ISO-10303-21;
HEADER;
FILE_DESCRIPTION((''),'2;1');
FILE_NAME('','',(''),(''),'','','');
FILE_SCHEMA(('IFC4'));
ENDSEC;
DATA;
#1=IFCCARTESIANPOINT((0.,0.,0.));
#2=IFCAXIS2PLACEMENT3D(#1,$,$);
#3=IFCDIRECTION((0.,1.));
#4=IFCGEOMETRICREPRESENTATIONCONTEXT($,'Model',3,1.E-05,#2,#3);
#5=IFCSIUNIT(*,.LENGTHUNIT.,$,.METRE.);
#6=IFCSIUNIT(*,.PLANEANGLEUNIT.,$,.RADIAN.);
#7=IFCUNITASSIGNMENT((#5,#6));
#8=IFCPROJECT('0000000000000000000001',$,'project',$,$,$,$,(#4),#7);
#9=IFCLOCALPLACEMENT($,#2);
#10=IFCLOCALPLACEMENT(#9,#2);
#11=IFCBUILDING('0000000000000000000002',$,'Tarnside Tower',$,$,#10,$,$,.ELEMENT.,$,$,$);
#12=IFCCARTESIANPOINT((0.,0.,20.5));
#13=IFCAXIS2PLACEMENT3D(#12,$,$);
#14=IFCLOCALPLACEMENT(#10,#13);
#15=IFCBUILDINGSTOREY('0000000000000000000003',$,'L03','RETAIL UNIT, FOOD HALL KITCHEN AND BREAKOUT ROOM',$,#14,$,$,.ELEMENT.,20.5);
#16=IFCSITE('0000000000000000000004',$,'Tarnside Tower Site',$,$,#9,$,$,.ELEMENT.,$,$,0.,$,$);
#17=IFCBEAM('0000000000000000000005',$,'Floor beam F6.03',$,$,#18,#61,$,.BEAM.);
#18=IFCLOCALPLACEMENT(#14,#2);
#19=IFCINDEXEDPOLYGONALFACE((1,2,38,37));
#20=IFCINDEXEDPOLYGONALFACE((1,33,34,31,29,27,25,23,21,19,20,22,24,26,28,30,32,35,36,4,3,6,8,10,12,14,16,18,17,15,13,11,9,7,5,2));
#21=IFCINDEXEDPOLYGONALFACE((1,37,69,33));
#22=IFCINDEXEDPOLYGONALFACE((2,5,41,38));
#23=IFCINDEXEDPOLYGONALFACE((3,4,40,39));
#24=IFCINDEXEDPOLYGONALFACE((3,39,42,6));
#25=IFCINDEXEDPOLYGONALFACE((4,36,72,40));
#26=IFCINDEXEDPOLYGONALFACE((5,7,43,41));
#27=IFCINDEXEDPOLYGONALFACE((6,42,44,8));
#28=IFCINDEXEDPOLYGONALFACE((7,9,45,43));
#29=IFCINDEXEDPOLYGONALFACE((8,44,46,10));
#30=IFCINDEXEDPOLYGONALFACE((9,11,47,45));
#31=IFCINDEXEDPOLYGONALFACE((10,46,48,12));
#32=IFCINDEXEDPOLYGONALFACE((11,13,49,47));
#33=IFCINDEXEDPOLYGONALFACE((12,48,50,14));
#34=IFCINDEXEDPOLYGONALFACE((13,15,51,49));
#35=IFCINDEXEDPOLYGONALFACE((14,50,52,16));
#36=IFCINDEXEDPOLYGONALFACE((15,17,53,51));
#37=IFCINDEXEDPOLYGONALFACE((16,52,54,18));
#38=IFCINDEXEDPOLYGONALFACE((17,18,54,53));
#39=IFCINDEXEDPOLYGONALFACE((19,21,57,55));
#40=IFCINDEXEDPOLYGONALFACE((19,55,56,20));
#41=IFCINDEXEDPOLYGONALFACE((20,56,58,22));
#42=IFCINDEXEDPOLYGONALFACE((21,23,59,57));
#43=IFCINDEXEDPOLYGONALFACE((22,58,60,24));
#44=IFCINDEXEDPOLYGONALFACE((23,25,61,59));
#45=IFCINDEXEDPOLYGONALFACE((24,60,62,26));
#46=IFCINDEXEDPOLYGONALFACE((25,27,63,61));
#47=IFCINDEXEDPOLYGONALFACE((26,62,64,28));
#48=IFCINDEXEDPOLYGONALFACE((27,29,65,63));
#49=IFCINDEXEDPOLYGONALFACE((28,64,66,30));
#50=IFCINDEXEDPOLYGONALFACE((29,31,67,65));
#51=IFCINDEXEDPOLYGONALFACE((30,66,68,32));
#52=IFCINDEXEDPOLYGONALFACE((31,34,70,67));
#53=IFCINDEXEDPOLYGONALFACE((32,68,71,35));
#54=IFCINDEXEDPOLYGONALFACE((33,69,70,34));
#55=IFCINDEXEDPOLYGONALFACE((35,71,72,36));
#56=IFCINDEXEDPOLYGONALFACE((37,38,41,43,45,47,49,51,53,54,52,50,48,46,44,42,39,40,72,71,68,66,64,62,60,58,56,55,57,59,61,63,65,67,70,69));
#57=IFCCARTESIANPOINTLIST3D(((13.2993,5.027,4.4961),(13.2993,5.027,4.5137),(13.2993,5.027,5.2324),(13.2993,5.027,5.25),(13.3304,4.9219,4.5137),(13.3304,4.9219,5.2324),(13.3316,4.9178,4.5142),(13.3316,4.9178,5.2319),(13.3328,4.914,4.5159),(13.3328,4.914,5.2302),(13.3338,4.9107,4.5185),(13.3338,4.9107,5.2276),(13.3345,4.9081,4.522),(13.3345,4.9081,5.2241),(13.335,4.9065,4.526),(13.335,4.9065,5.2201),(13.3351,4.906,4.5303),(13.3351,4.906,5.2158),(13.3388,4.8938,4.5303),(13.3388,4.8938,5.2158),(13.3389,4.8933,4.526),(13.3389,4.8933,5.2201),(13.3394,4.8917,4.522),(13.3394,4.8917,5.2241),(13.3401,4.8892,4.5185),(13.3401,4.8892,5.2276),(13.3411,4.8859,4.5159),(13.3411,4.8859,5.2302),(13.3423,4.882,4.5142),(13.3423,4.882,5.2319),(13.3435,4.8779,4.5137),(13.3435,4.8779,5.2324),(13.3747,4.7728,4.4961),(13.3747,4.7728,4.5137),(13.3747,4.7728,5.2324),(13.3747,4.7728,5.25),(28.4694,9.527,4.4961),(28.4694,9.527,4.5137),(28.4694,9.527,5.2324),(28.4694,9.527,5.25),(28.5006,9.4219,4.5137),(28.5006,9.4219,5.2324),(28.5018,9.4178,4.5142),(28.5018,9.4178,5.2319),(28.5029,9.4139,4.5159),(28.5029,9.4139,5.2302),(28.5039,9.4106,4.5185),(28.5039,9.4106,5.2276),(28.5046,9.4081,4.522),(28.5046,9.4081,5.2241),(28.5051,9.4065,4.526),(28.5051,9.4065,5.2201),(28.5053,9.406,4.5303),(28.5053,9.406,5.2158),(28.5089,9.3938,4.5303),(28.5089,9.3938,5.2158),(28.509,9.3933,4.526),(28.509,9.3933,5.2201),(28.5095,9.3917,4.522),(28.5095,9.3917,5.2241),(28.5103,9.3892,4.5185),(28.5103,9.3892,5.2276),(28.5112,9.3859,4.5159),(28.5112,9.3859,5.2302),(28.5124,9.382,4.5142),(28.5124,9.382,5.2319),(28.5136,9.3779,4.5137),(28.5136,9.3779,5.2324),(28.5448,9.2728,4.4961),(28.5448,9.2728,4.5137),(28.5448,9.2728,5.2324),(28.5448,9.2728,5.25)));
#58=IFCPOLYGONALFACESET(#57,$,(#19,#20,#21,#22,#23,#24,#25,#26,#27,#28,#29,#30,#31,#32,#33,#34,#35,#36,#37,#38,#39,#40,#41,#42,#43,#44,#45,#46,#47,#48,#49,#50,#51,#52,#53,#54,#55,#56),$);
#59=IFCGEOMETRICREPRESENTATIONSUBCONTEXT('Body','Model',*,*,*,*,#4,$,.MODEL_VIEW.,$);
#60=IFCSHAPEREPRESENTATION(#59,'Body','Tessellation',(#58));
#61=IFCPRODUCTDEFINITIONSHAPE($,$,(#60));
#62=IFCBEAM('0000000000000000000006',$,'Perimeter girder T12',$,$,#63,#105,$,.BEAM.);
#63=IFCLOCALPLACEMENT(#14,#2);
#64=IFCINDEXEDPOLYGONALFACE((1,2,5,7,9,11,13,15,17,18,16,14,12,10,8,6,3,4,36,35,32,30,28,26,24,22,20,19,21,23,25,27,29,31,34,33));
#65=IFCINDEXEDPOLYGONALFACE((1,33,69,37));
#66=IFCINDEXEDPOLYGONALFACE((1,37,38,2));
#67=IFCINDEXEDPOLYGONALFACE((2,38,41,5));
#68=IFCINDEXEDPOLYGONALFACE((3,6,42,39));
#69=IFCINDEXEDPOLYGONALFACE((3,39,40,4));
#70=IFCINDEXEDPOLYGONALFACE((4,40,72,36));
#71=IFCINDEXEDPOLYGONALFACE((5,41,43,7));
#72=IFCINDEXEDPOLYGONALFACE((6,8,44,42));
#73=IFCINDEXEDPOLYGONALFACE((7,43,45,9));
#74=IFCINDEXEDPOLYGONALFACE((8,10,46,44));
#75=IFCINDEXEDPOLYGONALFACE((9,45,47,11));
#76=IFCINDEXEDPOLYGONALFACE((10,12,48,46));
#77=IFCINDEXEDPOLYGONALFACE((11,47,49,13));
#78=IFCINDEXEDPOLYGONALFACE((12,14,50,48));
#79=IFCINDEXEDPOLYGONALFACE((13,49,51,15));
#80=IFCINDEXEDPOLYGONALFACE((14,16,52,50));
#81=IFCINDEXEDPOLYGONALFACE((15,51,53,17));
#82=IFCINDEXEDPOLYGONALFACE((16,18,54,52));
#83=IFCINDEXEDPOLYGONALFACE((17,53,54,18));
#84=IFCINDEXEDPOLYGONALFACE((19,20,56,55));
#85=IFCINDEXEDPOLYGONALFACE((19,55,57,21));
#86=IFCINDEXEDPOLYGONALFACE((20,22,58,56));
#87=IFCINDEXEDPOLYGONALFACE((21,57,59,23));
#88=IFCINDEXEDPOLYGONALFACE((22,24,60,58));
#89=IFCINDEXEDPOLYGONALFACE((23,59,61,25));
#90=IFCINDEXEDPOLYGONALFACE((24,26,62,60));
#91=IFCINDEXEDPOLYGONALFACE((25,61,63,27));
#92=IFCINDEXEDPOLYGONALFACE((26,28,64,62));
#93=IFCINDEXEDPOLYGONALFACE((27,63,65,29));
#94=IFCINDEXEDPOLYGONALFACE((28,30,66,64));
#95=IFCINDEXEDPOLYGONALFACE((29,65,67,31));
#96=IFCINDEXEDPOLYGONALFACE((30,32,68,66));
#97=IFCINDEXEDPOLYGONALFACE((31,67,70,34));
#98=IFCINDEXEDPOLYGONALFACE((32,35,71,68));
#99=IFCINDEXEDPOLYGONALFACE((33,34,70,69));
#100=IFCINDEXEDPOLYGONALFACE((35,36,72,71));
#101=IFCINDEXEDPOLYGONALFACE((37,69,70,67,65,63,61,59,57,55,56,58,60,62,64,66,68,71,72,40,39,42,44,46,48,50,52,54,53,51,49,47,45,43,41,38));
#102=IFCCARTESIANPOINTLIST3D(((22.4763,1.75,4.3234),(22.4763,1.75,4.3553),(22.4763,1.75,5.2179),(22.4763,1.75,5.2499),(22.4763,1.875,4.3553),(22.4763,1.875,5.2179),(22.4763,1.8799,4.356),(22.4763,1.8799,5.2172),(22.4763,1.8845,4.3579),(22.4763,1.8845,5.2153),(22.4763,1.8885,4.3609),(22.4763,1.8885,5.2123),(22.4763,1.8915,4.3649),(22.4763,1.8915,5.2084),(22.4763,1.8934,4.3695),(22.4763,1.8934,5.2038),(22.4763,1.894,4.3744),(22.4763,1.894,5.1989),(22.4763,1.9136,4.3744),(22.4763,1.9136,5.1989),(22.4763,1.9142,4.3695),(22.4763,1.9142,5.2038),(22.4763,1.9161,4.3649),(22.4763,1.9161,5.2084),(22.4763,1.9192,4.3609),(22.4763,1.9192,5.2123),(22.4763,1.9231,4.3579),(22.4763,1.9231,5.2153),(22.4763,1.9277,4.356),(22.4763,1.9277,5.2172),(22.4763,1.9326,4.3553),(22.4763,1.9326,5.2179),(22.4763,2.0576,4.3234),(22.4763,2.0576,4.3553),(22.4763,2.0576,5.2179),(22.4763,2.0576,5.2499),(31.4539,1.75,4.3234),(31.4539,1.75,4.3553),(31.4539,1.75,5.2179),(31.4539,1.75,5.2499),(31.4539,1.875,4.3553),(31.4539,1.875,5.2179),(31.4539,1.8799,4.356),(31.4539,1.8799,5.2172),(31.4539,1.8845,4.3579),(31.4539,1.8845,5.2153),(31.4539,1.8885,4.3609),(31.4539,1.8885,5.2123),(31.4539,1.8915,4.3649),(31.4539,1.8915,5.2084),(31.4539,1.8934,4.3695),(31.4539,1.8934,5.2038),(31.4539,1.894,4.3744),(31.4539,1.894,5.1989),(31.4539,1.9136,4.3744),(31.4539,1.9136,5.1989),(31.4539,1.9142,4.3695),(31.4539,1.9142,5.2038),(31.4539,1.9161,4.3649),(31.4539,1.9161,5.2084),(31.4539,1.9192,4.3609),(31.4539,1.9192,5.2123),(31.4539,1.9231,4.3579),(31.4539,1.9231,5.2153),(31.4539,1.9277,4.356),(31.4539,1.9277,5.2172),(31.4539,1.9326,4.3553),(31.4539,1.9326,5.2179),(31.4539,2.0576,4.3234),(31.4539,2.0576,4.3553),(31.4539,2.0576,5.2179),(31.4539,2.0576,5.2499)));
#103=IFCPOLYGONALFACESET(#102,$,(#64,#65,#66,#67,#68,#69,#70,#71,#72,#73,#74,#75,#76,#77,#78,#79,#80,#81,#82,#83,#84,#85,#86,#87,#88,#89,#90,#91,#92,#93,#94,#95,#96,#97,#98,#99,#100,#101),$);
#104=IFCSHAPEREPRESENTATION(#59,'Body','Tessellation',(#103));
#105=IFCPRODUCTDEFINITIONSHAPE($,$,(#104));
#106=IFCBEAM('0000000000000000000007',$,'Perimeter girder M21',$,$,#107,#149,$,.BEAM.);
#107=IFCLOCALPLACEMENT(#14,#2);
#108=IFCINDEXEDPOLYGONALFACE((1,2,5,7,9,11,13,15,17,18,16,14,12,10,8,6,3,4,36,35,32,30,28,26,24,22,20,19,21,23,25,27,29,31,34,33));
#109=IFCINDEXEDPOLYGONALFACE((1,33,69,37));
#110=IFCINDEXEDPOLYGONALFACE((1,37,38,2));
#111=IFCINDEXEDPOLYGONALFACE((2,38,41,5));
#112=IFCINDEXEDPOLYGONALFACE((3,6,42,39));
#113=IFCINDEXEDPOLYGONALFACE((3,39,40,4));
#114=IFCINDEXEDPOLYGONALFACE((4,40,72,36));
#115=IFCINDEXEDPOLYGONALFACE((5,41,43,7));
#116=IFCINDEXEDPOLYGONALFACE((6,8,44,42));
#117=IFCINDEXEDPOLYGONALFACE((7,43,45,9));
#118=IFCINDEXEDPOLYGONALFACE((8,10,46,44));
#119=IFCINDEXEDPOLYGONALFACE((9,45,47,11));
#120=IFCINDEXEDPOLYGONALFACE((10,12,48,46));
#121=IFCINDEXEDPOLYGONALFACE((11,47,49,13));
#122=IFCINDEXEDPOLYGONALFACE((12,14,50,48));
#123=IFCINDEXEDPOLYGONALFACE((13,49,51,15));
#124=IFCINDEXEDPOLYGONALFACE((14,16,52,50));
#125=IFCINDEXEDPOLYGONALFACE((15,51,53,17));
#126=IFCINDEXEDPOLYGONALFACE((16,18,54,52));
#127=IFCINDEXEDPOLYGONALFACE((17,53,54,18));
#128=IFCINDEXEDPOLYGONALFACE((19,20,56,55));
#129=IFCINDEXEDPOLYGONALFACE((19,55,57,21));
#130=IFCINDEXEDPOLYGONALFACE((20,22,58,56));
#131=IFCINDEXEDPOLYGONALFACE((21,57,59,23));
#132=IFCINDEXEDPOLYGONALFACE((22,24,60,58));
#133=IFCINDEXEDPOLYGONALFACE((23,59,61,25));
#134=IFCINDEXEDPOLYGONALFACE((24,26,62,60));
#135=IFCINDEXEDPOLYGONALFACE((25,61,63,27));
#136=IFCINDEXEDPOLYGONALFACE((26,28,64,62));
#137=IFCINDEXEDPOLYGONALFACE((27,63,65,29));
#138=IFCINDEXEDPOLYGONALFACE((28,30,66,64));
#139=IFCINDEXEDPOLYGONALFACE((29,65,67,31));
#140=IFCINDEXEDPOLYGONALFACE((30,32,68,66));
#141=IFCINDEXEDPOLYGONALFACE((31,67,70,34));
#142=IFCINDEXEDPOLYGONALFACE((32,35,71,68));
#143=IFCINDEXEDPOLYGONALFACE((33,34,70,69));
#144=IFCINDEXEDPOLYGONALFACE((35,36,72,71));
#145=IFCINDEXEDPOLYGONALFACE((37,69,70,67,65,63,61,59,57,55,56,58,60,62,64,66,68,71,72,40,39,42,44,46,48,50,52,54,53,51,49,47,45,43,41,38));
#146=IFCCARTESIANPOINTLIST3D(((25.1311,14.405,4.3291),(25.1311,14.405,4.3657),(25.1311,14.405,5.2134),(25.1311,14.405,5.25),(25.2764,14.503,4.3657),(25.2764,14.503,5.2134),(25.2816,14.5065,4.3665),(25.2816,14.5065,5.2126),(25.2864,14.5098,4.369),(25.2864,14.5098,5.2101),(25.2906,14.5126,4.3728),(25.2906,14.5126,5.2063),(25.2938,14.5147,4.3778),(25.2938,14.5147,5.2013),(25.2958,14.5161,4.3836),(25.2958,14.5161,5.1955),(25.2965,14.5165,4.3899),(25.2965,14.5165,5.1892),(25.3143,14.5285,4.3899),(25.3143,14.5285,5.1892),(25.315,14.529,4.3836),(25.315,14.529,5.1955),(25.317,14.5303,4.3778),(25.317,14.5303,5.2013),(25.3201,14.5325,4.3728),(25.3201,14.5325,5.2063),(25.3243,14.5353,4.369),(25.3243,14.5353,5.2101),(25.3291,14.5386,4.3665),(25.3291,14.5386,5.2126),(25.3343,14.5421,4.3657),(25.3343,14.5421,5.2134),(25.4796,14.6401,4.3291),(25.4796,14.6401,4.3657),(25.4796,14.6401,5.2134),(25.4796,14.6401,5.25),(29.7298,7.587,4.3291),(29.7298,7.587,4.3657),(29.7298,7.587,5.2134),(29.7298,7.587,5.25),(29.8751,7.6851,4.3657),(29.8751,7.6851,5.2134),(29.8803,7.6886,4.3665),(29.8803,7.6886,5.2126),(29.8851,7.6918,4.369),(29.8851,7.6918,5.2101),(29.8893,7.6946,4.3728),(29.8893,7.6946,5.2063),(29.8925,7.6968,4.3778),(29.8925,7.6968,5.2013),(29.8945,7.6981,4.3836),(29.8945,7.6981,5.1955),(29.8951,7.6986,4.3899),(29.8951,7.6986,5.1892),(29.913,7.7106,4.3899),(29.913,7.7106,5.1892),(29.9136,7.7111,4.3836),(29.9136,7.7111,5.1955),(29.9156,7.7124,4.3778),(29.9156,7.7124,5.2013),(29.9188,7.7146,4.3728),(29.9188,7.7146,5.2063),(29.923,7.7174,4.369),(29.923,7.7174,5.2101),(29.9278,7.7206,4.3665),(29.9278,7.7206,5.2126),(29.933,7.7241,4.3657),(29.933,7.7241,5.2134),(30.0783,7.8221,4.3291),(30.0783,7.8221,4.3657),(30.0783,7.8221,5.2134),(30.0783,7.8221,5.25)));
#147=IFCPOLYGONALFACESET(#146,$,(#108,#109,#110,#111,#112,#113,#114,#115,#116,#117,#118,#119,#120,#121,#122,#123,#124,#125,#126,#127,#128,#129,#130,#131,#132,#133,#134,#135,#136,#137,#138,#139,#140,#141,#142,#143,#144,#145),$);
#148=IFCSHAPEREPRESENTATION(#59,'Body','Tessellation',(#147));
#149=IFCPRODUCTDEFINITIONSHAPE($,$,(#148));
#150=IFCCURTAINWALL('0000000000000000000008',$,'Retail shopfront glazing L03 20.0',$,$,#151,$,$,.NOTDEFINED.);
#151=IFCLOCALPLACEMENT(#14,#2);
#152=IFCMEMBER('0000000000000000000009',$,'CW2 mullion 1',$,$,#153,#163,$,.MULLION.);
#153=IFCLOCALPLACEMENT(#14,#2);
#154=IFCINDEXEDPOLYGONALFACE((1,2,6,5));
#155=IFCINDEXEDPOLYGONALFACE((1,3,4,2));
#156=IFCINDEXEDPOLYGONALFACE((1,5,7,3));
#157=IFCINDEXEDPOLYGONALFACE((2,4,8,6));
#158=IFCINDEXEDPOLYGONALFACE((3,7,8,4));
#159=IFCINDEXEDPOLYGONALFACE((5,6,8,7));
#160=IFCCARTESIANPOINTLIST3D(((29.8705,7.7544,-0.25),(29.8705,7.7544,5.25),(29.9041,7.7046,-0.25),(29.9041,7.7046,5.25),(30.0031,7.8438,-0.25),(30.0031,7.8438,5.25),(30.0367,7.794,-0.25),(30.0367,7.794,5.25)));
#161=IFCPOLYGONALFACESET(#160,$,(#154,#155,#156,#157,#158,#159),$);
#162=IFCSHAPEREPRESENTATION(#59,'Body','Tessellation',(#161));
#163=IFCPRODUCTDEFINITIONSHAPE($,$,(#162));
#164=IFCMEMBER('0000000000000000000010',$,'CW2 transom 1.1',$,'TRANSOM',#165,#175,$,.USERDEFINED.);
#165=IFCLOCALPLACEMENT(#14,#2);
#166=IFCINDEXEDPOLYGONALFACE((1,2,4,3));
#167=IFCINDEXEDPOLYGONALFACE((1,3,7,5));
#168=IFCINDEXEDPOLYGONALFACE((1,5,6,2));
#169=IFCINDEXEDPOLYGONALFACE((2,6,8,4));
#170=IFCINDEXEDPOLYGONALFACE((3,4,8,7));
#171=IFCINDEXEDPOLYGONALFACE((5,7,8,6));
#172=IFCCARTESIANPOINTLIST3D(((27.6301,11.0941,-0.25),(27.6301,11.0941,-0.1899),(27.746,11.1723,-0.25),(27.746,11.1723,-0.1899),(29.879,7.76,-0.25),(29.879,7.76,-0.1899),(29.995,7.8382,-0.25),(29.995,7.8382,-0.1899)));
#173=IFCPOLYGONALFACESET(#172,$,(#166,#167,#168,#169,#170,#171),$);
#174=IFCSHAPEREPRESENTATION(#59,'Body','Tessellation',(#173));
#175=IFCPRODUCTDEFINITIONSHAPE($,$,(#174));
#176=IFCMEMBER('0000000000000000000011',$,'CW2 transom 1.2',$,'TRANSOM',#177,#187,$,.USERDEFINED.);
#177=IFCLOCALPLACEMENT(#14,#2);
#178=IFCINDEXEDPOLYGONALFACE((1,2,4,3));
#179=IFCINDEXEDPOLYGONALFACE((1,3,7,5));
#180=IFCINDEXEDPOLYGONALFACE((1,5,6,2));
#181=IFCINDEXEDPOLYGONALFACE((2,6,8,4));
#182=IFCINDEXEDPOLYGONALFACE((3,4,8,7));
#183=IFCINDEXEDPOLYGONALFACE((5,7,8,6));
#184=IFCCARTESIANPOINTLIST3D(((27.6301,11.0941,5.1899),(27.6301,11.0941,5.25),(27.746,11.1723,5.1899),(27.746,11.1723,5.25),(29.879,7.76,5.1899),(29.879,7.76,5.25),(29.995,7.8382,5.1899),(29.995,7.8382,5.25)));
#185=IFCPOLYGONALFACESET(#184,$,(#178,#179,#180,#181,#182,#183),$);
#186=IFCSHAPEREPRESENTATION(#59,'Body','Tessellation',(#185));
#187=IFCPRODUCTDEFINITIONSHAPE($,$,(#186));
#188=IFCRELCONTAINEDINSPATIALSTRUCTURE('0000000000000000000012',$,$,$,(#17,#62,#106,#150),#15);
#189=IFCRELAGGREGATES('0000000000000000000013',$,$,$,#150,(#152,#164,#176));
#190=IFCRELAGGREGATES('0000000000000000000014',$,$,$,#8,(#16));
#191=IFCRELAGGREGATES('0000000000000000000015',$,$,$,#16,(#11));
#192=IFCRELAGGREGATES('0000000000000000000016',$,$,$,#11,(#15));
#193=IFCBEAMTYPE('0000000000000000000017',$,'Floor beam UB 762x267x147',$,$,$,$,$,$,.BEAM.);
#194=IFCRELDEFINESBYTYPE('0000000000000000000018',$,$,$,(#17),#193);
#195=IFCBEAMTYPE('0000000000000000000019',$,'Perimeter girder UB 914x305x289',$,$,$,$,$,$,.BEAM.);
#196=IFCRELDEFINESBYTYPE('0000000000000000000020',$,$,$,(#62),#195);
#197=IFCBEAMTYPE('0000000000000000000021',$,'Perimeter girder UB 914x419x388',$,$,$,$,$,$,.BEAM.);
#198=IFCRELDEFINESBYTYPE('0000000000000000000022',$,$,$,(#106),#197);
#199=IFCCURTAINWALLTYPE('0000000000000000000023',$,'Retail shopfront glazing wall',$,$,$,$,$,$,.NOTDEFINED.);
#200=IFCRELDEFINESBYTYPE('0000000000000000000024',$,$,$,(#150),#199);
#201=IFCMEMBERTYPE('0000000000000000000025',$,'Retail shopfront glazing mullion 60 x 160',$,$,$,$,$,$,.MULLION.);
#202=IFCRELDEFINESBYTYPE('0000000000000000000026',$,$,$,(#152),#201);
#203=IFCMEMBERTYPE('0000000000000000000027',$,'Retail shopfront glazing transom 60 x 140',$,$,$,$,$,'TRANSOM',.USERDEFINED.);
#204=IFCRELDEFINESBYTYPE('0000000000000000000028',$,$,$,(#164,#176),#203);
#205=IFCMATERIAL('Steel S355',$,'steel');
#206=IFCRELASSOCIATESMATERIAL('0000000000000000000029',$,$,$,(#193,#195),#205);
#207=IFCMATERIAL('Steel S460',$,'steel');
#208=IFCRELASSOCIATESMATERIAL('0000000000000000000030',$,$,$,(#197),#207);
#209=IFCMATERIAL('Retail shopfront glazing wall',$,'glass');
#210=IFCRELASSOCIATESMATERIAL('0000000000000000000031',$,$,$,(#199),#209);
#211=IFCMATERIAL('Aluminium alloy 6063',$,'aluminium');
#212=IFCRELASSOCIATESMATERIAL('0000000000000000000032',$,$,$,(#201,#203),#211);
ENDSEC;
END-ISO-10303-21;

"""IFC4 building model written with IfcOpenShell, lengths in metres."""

from ifc_helpers import new_model, si_unit, direction, frame, origin, origin_2d, place, context, subcontext, project, spatial, rectangle, i_section, extrude, material, material_profile, profile_set, type_object, element, aggregate, save


model = new_model("IFC4")

# Units and contexts
model_context = context("Model", 3, precision=1e-05, world=origin(), true_north=direction((0.0, 1.0)))
body_context = subcontext(model_context, "Body", "Model", "MODEL_VIEW")
ifc_project = project(units=[si_unit("LENGTHUNIT", "METRE"), si_unit("PLANEANGLEUNIT", "RADIAN")], contexts=[model_context])

# Site, building, storey
site_placement = place(None, origin())
site = spatial("IfcSite", under=ifc_project, at=site_placement, Name="Tarnside Tower Site", CompositionType="ELEMENT", RefElevation=0.0)
building_placement = place(site_placement, origin())
building = spatial("IfcBuilding", under=site, at=building_placement, Name="Tarnside Tower", CompositionType="ELEMENT")
storey_placement = place(building_placement, frame((0.0, 0.0, 20.5)))
storey = spatial("IfcBuildingStorey", under=building, at=storey_placement, Name="L03", Description="RETAIL UNIT, FOOD HALL KITCHEN AND BREAKOUT ROOM", CompositionType="ELEMENT", Elevation=20.5)

# Shared definitions
ifc_material_1 = material(Name="Steel S460", Category="steel")

# Beams
ifc_material_2 = material(Name="Steel S355", Category="steel")
ifc_material_profile_1 = material_profile(ifc_material_2, i_section(OverallWidth=0.2651, OverallDepth=0.7539, WebThickness=0.0127, FlangeThickness=0.0176, FilletRadius=0.0166, at=origin_2d()), Name="UB 762x267x147")
ifc_profile_set_1 = profile_set([ifc_material_profile_1], Name="Steel S355")
beam_type_1 = type_object("IfcBeamType", Name="Floor beam UB 762x267x147", PredefinedType="BEAM", material=ifc_profile_set_1)
beam_1_placement = place(storey_placement, frame((28.5071, 9.3999, 4.873), z_axis=(-0.95871, -0.284387, 0.0), x_axis=(0.284387, -0.95871, 0.0)))
element("IfcBeam", 1, at=beam_1_placement, inside=storey, type_object=beam_type_1, Name="Floor beam F6.03", PredefinedType="BEAM", context=body_context, shape_type="SweptSolid", body=[
    extrude(i_section(OverallWidth=0.2651, OverallDepth=0.7539, WebThickness=0.0127, FlangeThickness=0.0176, FilletRadius=0.0166, at=origin_2d()), origin(), (0.0, 0.0, 1.0), 15.8235),
])
ifc_material_profile_2 = material_profile(ifc_material_2, i_section(OverallWidth=0.3076, OverallDepth=0.9265, WebThickness=0.0195, FlangeThickness=0.032, FilletRadius=0.019, at=origin_2d()), Name="UB 914x305x289")
ifc_profile_set_2 = profile_set([ifc_material_profile_2], Name="Steel S355")
beam_type_2 = type_object("IfcBeamType", Name="Perimeter girder UB 914x305x289", PredefinedType="BEAM", material=ifc_profile_set_2)
beam_2_placement = place(storey_placement, frame((22.4763, 1.9038, 4.7866), z_axis=(1.0, 0.0, 0.0), x_axis=(0.0, 1.0, 0.0)))
element("IfcBeam", 2, at=beam_2_placement, inside=storey, type_object=beam_type_2, Name="Perimeter girder T12", PredefinedType="BEAM", context=body_context, shape_type="SweptSolid", body=[
    extrude(i_section(OverallWidth=0.3076, OverallDepth=0.9265, WebThickness=0.0195, FlangeThickness=0.032, FilletRadius=0.019, at=origin_2d()), origin(), (0.0, 0.0, 1.0), 8.9775),
])
ifc_material_profile_3 = material_profile(ifc_material_1, i_section(OverallWidth=0.4204, OverallDepth=0.9209, WebThickness=0.0215, FlangeThickness=0.0366, FilletRadius=0.0242, at=origin_2d()), Name="UB 914x419x388")
ifc_profile_set_3 = profile_set([ifc_material_profile_3], Name="Steel S460")
beam_type_3 = type_object("IfcBeamType", Name="Perimeter girder UB 914x419x388", PredefinedType="BEAM", material=ifc_profile_set_3)
beam_3_placement = place(storey_placement, frame((29.9041, 7.7046, 4.7896), z_axis=(-0.559186, 0.829042, 0.0), x_axis=(-0.829042, -0.559186, 0.0)))
element("IfcBeam", 3, at=beam_3_placement, inside=storey, type_object=beam_type_3, Name="Perimeter girder M21", PredefinedType="BEAM", context=body_context, shape_type="SweptSolid", body=[
    extrude(i_section(OverallWidth=0.4204, OverallDepth=0.9209, WebThickness=0.0215, FlangeThickness=0.0366, FilletRadius=0.0242, at=origin_2d()), origin(), (0.0, 0.0, 1.0), 8.2239),
])

# Curtain wall, members
ifc_material_3 = material(Name="Retail shopfront glazing wall", Category="glass")
curtain_wall_type = type_object("IfcCurtainWallType", Name="Retail shopfront glazing wall", PredefinedType="NOTDEFINED", material=ifc_material_3)
curtain_wall_placement = place(storey_placement, origin())
curtain_wall = element("IfcCurtainWall", 4, at=curtain_wall_placement, inside=storey, type_object=curtain_wall_type, Name="Retail shopfront glazing L03 20.0", PredefinedType="NOTDEFINED")
ifc_material_4 = material(Name="Aluminium alloy 6063", Category="aluminium")
ifc_material_profile_4 = material_profile(ifc_material_4, rectangle(XDim=0.1599, YDim=0.0601, at=origin_2d()), Name="Retail shopfront glazing mullion 60 x 160")
ifc_profile_set_4 = profile_set([ifc_material_profile_4], Name="Aluminium alloy 6063")
member_type_1 = type_object("IfcMemberType", Name="Retail shopfront glazing mullion 60 x 160", PredefinedType="MULLION", material=ifc_profile_set_4)
member_1_placement = place(storey_placement, frame((29.9536, 7.7742, -0.25), z_axis=(0.0, 0.0, 1.0), x_axis=(-0.829038, -0.559193, 0.0)))
member_1 = element("IfcMember", 5, at=member_1_placement, type_object=member_type_1, Name="CW2 mullion 1", PredefinedType="MULLION", context=body_context, shape_type="SweptSolid", body=[
    extrude(rectangle(XDim=0.1599, YDim=0.0601, at=origin_2d()), origin(), (0.0, 0.0, 1.0), 5.5),
])
ifc_material_profile_5 = material_profile(ifc_material_4, rectangle(XDim=0.1399, YDim=0.0601, at=origin_2d()), Name="Retail shopfront glazing transom 60 x 140")
ifc_profile_set_5 = profile_set([ifc_material_profile_5], Name="Aluminium alloy 6063")
member_type_2 = type_object("IfcMemberType", Name="Retail shopfront glazing transom 60 x 140", ElementType="TRANSOM", PredefinedType="USERDEFINED", material=ifc_profile_set_5)
member_2_placement = place(storey_placement, frame((29.937, 7.7991, -0.22), z_axis=(-0.559203, 0.829031, 0.0), x_axis=(-0.829031, -0.559203, 0.0)))
member_2 = element("IfcMember", 6, at=member_2_placement, type_object=member_type_2, Name="CW2 transom 1.1", ObjectType="TRANSOM", PredefinedType="USERDEFINED", context=body_context, shape_type="SweptSolid", body=[
    extrude(rectangle(XDim=0.1399, YDim=0.0601, at=origin_2d()), origin(), (0.0, 0.0, 1.0), 4.0217),
])
member_3_placement = place(storey_placement, frame((29.937, 7.7991, 5.22), z_axis=(-0.559203, 0.829031, 0.0), x_axis=(-0.829031, -0.559203, 0.0)))
member_3 = element("IfcMember", 7, at=member_3_placement, type_object=member_type_2, Name="CW2 transom 1.2", ObjectType="TRANSOM", PredefinedType="USERDEFINED", context=body_context, shape_type="SweptSolid", body=[
    extrude(rectangle(XDim=0.1399, YDim=0.0601, at=origin_2d()), origin(), (0.0, 0.0, 1.0), 4.0217),
])
aggregate(curtain_wall, [member_1, member_2, member_3])

save(model, "model.ifc")
